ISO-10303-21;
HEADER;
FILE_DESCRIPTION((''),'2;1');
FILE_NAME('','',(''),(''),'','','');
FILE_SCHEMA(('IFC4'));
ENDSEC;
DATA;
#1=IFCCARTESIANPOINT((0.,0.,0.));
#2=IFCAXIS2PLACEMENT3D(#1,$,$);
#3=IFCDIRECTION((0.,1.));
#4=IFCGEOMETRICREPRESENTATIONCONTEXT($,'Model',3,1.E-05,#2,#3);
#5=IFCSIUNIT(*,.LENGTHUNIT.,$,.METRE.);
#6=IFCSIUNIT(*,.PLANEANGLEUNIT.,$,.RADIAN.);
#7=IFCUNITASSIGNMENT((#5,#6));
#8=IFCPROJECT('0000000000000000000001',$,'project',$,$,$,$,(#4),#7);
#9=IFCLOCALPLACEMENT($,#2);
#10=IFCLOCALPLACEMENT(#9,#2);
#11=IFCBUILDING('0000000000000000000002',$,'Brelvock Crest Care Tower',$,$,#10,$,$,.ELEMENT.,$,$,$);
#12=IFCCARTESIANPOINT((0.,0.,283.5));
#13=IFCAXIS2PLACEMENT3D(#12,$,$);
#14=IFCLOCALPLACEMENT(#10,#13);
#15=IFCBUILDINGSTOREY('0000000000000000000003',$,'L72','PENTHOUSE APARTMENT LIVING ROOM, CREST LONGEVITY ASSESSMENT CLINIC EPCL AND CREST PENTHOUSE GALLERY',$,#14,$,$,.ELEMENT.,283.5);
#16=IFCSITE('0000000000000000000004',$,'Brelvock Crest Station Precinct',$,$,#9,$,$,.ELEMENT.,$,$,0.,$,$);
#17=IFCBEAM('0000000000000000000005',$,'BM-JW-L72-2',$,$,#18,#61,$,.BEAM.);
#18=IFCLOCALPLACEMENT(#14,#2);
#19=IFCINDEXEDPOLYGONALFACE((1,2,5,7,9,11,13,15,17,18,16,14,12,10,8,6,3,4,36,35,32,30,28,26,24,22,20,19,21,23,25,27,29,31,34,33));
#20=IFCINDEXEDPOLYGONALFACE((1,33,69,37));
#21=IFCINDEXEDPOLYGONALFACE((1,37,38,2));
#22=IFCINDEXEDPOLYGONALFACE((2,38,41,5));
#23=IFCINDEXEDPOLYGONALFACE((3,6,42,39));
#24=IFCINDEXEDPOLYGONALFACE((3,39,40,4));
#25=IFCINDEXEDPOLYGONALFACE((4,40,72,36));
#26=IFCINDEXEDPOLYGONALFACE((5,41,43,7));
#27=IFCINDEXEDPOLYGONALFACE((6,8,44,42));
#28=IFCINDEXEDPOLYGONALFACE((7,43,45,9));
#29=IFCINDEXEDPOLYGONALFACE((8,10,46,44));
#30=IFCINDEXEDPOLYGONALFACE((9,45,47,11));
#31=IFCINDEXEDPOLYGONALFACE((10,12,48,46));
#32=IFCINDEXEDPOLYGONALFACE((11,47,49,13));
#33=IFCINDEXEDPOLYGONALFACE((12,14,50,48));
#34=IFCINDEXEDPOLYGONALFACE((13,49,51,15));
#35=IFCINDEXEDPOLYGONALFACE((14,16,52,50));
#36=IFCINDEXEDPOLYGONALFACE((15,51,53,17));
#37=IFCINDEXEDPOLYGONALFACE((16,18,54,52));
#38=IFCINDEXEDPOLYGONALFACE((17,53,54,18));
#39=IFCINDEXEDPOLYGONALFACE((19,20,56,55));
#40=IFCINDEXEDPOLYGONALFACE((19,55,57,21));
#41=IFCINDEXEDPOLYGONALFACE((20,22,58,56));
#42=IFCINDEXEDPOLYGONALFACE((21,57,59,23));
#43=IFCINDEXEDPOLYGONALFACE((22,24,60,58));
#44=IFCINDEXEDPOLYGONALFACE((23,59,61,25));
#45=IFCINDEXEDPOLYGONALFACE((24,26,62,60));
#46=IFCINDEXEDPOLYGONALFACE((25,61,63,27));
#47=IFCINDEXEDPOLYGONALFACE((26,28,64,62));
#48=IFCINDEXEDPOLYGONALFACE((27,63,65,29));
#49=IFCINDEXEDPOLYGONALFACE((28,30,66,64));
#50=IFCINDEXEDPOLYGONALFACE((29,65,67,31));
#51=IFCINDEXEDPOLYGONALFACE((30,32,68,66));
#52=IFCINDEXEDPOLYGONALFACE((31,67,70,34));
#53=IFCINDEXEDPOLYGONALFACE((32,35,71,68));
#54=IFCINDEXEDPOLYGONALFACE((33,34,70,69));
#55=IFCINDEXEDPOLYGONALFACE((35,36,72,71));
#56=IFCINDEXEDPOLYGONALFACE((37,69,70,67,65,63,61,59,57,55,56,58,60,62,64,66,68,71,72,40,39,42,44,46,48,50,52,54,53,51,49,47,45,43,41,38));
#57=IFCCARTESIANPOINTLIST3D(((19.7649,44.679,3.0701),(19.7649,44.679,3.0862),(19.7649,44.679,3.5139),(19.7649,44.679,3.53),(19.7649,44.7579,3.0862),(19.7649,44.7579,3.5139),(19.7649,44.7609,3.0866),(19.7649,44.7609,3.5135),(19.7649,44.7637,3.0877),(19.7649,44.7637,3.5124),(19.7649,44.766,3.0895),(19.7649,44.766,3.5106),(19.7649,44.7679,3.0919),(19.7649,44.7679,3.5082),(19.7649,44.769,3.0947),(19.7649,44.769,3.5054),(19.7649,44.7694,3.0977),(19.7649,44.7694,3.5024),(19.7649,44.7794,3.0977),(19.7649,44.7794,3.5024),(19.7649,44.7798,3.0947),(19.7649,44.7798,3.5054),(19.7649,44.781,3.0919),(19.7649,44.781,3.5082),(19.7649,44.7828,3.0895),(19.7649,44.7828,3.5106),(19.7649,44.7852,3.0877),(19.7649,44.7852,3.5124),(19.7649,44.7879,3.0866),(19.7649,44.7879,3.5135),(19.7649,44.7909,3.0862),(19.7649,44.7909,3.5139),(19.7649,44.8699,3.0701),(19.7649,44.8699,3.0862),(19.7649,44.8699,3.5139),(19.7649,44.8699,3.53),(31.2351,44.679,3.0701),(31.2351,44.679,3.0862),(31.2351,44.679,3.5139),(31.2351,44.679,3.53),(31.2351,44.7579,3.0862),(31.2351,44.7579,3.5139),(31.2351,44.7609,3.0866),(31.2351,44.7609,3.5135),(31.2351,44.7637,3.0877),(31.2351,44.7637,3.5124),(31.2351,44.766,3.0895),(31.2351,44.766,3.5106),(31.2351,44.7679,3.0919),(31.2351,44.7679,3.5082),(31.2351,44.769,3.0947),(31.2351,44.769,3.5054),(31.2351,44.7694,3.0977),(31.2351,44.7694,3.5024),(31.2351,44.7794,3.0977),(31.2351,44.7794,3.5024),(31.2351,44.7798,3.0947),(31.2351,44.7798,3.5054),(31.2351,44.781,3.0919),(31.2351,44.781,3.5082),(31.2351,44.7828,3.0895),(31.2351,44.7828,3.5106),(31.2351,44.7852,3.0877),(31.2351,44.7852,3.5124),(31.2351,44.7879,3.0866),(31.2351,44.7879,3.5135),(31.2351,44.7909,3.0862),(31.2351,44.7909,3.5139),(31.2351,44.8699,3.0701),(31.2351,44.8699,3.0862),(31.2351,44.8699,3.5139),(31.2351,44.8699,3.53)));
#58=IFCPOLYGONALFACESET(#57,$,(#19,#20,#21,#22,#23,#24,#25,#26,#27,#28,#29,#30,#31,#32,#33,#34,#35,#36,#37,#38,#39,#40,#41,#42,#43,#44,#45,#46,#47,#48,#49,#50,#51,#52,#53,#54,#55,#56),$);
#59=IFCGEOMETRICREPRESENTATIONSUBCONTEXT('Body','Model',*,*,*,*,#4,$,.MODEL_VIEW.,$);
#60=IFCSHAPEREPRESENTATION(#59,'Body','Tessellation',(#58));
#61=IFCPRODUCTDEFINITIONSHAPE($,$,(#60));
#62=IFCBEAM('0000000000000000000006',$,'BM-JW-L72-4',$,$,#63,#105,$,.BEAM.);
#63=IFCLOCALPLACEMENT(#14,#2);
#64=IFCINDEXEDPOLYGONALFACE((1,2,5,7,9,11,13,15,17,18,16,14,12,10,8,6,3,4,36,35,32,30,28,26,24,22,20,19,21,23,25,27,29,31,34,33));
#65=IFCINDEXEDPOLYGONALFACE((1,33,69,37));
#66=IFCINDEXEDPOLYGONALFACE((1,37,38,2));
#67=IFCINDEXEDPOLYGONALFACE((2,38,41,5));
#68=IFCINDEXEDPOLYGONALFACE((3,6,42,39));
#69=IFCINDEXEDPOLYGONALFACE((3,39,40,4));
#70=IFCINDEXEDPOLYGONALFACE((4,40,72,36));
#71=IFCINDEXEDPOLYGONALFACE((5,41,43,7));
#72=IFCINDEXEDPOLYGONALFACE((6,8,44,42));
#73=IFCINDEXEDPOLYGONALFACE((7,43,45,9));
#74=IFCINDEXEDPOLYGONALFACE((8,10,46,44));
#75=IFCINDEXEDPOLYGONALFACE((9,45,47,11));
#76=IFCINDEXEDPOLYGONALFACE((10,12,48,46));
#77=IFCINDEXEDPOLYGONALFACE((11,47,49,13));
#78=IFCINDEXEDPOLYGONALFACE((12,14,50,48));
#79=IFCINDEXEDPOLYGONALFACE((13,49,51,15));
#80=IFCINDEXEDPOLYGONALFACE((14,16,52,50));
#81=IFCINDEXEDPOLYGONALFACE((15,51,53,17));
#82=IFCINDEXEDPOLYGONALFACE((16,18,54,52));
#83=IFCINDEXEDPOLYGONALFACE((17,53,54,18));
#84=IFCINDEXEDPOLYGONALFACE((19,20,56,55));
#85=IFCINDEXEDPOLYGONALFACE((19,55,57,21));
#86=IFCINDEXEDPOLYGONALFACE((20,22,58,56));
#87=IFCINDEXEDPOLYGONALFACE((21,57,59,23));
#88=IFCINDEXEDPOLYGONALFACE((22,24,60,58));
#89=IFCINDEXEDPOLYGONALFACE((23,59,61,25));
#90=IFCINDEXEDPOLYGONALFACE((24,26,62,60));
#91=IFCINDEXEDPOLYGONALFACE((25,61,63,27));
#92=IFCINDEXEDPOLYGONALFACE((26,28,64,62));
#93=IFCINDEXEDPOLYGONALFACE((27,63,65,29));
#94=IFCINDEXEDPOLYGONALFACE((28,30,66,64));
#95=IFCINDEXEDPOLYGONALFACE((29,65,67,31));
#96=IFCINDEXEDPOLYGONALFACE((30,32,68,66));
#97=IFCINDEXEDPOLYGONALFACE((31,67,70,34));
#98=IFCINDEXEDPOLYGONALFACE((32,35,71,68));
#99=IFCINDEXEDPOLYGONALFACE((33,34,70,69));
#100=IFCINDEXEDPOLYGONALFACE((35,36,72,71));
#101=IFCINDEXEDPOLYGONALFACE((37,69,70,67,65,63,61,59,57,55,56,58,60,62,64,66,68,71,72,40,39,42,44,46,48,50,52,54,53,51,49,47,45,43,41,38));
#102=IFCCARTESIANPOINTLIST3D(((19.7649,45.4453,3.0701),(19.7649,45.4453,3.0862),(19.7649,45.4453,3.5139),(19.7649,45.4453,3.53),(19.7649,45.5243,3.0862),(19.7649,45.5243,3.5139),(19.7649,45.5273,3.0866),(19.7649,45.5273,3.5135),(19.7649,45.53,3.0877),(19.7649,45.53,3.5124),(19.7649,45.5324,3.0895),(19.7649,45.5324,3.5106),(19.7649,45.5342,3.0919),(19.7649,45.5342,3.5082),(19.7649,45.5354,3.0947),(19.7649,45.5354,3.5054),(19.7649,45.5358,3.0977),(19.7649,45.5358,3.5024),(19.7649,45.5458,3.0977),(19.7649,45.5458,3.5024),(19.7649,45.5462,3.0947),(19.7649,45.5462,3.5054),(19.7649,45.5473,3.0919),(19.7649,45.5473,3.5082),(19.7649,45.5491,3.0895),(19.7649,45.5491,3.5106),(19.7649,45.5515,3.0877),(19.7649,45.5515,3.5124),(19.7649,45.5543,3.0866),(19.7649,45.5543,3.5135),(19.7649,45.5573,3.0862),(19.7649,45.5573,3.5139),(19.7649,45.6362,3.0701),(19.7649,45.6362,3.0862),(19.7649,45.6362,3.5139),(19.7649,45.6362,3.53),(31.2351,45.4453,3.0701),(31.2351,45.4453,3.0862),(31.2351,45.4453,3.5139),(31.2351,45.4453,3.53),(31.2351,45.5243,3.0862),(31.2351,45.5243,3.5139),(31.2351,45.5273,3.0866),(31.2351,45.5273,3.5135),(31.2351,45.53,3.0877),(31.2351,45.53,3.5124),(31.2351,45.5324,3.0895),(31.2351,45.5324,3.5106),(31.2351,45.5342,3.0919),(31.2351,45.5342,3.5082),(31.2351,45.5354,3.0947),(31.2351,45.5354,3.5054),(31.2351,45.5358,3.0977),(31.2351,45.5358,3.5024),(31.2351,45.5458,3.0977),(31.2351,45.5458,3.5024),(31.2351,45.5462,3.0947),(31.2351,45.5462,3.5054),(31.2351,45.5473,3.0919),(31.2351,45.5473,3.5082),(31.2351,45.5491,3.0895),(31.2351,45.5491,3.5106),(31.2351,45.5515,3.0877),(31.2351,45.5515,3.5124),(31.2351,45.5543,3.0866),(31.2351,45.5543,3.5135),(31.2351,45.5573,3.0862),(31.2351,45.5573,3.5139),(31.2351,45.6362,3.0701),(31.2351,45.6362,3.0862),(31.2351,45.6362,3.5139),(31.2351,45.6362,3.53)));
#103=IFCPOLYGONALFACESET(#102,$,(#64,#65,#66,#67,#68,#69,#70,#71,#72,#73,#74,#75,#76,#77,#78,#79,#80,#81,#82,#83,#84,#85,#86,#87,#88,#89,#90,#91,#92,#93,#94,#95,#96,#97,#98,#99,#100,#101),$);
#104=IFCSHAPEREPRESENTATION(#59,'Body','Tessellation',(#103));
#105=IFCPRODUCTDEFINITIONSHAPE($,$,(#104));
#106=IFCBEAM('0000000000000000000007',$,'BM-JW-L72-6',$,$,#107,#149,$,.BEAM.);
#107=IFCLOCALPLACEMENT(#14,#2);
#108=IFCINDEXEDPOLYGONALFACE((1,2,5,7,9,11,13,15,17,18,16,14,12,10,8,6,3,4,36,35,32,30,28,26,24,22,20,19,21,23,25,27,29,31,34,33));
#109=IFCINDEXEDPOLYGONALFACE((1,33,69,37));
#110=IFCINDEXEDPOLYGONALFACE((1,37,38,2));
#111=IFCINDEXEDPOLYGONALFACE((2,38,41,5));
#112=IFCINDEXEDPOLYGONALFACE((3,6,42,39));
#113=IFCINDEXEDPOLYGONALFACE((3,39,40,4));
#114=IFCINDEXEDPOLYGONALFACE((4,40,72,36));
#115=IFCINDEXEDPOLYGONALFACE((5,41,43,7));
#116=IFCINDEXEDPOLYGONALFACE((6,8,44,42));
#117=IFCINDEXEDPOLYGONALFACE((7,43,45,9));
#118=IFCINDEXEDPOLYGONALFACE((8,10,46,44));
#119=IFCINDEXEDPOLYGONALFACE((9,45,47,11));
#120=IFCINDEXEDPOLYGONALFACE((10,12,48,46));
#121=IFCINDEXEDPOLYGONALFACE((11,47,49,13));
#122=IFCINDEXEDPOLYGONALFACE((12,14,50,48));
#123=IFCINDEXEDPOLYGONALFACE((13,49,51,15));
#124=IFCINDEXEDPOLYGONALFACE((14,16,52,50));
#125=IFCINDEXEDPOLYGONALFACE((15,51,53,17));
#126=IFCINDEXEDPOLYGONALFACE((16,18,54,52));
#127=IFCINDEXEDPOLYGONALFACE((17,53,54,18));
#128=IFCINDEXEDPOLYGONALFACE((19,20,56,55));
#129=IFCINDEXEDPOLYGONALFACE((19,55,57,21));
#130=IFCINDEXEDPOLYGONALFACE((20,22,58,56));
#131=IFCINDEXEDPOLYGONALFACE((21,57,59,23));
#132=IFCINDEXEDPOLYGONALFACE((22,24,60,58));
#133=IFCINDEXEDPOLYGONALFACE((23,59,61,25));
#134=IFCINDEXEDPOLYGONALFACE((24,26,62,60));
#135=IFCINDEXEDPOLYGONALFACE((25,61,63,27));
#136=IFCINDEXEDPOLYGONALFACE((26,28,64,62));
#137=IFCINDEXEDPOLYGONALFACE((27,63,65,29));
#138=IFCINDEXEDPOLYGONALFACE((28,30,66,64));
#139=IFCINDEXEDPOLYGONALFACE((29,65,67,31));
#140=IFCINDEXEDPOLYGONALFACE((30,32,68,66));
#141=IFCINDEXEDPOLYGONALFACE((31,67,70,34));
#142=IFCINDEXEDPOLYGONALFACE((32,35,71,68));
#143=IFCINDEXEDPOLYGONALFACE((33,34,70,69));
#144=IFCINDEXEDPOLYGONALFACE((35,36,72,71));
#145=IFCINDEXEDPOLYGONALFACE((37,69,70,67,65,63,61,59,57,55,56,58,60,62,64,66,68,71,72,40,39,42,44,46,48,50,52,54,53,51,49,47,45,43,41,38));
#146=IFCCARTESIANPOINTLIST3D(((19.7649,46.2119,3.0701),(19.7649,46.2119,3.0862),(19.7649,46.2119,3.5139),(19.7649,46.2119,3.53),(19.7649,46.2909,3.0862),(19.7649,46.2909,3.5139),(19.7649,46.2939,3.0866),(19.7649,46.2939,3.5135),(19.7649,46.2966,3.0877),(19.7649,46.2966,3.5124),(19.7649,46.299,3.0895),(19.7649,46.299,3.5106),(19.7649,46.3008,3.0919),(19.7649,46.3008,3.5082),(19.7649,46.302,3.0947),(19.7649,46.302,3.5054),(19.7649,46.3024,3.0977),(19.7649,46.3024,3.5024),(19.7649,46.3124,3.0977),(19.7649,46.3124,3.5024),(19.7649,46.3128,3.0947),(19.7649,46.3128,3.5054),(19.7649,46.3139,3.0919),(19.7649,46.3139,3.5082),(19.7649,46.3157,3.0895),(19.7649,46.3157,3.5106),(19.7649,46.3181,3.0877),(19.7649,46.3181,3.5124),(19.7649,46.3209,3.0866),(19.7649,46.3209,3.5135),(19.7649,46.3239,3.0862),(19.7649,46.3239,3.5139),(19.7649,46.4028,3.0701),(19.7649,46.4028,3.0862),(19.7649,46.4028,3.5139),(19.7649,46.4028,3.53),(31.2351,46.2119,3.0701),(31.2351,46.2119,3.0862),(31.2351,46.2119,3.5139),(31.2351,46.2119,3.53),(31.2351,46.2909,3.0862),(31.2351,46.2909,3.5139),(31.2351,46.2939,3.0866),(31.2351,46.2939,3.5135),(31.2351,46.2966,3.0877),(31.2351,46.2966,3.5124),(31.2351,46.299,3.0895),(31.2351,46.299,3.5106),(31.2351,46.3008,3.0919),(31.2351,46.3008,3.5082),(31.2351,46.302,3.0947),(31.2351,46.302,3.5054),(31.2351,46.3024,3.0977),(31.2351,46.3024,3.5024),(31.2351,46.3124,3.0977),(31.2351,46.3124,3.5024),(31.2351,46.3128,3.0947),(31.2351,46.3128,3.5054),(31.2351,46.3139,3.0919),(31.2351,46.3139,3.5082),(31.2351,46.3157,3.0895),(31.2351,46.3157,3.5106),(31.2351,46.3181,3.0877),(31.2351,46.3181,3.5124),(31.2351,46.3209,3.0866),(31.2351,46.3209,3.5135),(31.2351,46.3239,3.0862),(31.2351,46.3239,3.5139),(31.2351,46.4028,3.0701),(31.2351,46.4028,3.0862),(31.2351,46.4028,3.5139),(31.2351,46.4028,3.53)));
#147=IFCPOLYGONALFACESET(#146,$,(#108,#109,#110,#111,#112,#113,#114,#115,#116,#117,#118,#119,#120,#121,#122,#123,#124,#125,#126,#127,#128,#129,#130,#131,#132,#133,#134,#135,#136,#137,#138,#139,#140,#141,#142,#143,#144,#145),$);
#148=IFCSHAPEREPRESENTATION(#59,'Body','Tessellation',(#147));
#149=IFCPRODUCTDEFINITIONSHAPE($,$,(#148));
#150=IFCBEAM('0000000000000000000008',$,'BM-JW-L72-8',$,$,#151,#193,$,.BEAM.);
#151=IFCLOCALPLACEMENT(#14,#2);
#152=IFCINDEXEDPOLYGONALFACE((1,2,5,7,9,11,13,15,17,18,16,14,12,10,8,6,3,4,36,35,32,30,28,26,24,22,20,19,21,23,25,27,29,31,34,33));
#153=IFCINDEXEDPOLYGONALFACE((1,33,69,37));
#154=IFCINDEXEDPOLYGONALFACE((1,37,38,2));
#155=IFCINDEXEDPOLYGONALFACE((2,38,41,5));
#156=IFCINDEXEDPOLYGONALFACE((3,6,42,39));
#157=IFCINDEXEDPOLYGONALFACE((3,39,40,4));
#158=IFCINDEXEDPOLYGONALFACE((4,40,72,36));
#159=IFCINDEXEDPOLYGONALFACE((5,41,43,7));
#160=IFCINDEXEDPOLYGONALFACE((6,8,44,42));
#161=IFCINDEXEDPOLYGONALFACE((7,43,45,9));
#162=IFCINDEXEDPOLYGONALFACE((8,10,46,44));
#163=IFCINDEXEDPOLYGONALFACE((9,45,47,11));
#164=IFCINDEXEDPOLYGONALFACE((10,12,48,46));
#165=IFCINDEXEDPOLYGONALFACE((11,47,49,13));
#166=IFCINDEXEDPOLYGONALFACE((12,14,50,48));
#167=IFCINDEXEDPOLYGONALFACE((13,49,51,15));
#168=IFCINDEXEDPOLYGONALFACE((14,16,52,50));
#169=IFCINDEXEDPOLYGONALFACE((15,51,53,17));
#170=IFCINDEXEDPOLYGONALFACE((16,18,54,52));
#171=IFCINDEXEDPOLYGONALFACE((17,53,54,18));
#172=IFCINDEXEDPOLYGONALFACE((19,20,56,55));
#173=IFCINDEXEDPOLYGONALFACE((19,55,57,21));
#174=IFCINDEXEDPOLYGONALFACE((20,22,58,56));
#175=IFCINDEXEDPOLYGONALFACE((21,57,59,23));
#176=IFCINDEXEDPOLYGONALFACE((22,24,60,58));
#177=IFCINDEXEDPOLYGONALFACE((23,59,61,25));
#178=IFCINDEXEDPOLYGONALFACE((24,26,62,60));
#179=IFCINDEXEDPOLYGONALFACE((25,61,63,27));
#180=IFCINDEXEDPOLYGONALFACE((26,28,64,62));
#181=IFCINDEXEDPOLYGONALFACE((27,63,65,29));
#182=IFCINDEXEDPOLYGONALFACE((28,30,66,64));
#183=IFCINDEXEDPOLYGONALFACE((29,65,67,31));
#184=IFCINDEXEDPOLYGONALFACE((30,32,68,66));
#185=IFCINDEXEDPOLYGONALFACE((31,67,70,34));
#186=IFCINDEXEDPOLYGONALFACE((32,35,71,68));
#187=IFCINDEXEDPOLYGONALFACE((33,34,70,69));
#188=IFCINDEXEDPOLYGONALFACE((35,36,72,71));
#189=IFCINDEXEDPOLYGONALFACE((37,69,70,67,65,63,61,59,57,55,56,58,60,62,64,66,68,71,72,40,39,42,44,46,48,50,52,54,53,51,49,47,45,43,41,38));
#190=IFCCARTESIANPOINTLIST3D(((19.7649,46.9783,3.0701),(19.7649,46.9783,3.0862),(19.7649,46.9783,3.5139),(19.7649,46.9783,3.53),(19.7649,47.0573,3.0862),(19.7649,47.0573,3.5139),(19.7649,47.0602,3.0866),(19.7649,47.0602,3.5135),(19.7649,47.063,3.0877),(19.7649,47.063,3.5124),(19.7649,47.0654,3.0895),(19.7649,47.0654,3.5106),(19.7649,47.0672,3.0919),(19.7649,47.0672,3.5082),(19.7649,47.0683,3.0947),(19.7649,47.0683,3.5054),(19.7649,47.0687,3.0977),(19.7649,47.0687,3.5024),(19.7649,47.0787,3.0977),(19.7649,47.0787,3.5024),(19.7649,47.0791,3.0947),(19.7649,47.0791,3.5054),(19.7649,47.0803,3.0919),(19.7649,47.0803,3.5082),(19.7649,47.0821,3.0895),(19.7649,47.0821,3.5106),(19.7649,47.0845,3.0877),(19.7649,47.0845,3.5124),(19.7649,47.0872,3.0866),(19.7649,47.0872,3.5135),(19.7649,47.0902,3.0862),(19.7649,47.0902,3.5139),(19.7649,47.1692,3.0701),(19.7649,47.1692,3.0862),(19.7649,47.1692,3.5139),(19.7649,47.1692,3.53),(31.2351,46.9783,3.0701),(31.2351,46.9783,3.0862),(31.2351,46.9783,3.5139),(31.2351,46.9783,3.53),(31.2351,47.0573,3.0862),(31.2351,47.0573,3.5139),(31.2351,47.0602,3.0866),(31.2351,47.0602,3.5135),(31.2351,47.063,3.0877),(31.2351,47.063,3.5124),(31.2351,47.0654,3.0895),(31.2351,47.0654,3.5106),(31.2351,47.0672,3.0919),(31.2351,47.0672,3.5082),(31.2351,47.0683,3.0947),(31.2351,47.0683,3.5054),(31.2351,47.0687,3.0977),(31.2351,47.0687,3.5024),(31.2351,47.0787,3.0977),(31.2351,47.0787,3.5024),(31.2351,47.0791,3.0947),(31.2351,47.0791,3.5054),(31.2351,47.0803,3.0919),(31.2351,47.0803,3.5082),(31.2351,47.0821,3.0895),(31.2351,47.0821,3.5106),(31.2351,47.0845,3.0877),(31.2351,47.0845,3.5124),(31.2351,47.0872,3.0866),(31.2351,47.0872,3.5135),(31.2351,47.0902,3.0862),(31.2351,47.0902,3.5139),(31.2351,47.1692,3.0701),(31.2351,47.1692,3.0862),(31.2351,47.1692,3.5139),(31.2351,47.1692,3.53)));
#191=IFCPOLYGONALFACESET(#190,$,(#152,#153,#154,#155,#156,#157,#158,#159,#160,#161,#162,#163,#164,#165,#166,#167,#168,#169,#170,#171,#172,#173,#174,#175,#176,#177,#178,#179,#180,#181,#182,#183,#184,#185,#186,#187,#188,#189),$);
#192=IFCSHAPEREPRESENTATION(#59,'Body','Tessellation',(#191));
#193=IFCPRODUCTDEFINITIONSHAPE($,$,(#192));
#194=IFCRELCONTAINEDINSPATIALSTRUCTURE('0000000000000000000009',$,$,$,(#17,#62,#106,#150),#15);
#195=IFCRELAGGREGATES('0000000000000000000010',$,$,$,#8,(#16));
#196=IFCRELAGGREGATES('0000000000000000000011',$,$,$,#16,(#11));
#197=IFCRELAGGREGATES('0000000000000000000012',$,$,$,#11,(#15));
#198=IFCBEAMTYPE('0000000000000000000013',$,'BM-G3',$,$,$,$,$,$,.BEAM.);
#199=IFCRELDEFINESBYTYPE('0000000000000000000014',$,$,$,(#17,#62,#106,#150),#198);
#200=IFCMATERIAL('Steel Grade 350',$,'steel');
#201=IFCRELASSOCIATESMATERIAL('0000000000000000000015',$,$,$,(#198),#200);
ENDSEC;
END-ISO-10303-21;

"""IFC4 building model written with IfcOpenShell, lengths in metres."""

from ifc_helpers import new_model, si_unit, direction, frame, origin, origin_2d, place, context, subcontext, project, spatial, i_section, extrude, source, transform, mapped, material, material_profile, profile_set, type_object, element, save


model = new_model("IFC4")

# Units and contexts
model_context = context("Model", 3, precision=1e-05, world=origin(), true_north=direction((0.0, 1.0)))
body_context = subcontext(model_context, "Body", "Model", "MODEL_VIEW")
ifc_project = project(units=[si_unit("LENGTHUNIT", "METRE"), si_unit("PLANEANGLEUNIT", "RADIAN")], contexts=[model_context])

# Site, building, storey
site_placement = place(None, origin())
site = spatial("IfcSite", under=ifc_project, at=site_placement, Name="Brelvock Crest Station Precinct", CompositionType="ELEMENT", RefElevation=0.0)
building_placement = place(site_placement, origin())
building = spatial("IfcBuilding", under=site, at=building_placement, Name="Brelvock Crest Care Tower", CompositionType="ELEMENT")
storey_placement = place(building_placement, frame((0.0, 0.0, 283.5)))
storey = spatial("IfcBuildingStorey", under=building, at=storey_placement, Name="L72", Description="PENTHOUSE APARTMENT LIVING ROOM, CREST LONGEVITY ASSESSMENT CLINIC EPCL AND CREST PENTHOUSE GALLERY", CompositionType="ELEMENT", Elevation=283.5)

# Beams
ifc_material_1 = material(Name="Steel Grade 350", Category="steel")
ifc_material_profile_1 = material_profile(ifc_material_1, i_section(OverallWidth=0.1909, OverallDepth=0.46, WebThickness=0.01, FlangeThickness=0.0161, FilletRadius=0.0115, at=origin_2d()), Name="460UB82.1")
ifc_profile_set_1 = profile_set([ifc_material_profile_1], Name="Steel Grade 350")
beam_type_1 = type_object("IfcBeamType", Name="BM-G3", PredefinedType="BEAM", material=ifc_profile_set_1)
shared_shape_1 = source(origin(), body_context, "Body", "SweptSolid", [
    extrude(i_section(OverallWidth=0.1909, OverallDepth=0.46, WebThickness=0.01, FlangeThickness=0.0161, FilletRadius=0.0115, at=origin_2d()), origin(), (0.0, 0.0, 1.0), 11.4702),
])
for number, where, z_axis, x_axis, name in (
    (1, (19.7649, 44.7744, 3.3), (1.0, 0.0, 0.0), (0.0, 1.0, 0.0), "BM-JW-L72-2"),
    (2, (19.7649, 45.5408, 3.3), (1.0, 0.0, 0.0), (0.0, 1.0, 0.0), "BM-JW-L72-4"),
    (3, (19.7649, 46.3074, 3.3), (1.0, 0.0, 0.0), (0.0, 1.0, 0.0), "BM-JW-L72-6"),
    (4, (19.7649, 47.0737, 3.3), (1.0, 0.0, 0.0), (0.0, 1.0, 0.0), "BM-JW-L72-8"),
):
    element("IfcBeam", number, at=place(storey_placement, frame(where, z_axis=z_axis, x_axis=x_axis)), inside=storey, type_object=beam_type_1, Name=name, PredefinedType="BEAM", context=body_context, shape_type="MappedRepresentation", body=[
        mapped(shared_shape_1, transform((0.0, 0.0, 0.0), x_axis=(1.0, 0.0, 0.0), y_axis=(0.0, 1.0, 0.0), z_axis=(0.0, 0.0, 1.0), scale=1.0)),
    ])

save(model, "model.ifc")
